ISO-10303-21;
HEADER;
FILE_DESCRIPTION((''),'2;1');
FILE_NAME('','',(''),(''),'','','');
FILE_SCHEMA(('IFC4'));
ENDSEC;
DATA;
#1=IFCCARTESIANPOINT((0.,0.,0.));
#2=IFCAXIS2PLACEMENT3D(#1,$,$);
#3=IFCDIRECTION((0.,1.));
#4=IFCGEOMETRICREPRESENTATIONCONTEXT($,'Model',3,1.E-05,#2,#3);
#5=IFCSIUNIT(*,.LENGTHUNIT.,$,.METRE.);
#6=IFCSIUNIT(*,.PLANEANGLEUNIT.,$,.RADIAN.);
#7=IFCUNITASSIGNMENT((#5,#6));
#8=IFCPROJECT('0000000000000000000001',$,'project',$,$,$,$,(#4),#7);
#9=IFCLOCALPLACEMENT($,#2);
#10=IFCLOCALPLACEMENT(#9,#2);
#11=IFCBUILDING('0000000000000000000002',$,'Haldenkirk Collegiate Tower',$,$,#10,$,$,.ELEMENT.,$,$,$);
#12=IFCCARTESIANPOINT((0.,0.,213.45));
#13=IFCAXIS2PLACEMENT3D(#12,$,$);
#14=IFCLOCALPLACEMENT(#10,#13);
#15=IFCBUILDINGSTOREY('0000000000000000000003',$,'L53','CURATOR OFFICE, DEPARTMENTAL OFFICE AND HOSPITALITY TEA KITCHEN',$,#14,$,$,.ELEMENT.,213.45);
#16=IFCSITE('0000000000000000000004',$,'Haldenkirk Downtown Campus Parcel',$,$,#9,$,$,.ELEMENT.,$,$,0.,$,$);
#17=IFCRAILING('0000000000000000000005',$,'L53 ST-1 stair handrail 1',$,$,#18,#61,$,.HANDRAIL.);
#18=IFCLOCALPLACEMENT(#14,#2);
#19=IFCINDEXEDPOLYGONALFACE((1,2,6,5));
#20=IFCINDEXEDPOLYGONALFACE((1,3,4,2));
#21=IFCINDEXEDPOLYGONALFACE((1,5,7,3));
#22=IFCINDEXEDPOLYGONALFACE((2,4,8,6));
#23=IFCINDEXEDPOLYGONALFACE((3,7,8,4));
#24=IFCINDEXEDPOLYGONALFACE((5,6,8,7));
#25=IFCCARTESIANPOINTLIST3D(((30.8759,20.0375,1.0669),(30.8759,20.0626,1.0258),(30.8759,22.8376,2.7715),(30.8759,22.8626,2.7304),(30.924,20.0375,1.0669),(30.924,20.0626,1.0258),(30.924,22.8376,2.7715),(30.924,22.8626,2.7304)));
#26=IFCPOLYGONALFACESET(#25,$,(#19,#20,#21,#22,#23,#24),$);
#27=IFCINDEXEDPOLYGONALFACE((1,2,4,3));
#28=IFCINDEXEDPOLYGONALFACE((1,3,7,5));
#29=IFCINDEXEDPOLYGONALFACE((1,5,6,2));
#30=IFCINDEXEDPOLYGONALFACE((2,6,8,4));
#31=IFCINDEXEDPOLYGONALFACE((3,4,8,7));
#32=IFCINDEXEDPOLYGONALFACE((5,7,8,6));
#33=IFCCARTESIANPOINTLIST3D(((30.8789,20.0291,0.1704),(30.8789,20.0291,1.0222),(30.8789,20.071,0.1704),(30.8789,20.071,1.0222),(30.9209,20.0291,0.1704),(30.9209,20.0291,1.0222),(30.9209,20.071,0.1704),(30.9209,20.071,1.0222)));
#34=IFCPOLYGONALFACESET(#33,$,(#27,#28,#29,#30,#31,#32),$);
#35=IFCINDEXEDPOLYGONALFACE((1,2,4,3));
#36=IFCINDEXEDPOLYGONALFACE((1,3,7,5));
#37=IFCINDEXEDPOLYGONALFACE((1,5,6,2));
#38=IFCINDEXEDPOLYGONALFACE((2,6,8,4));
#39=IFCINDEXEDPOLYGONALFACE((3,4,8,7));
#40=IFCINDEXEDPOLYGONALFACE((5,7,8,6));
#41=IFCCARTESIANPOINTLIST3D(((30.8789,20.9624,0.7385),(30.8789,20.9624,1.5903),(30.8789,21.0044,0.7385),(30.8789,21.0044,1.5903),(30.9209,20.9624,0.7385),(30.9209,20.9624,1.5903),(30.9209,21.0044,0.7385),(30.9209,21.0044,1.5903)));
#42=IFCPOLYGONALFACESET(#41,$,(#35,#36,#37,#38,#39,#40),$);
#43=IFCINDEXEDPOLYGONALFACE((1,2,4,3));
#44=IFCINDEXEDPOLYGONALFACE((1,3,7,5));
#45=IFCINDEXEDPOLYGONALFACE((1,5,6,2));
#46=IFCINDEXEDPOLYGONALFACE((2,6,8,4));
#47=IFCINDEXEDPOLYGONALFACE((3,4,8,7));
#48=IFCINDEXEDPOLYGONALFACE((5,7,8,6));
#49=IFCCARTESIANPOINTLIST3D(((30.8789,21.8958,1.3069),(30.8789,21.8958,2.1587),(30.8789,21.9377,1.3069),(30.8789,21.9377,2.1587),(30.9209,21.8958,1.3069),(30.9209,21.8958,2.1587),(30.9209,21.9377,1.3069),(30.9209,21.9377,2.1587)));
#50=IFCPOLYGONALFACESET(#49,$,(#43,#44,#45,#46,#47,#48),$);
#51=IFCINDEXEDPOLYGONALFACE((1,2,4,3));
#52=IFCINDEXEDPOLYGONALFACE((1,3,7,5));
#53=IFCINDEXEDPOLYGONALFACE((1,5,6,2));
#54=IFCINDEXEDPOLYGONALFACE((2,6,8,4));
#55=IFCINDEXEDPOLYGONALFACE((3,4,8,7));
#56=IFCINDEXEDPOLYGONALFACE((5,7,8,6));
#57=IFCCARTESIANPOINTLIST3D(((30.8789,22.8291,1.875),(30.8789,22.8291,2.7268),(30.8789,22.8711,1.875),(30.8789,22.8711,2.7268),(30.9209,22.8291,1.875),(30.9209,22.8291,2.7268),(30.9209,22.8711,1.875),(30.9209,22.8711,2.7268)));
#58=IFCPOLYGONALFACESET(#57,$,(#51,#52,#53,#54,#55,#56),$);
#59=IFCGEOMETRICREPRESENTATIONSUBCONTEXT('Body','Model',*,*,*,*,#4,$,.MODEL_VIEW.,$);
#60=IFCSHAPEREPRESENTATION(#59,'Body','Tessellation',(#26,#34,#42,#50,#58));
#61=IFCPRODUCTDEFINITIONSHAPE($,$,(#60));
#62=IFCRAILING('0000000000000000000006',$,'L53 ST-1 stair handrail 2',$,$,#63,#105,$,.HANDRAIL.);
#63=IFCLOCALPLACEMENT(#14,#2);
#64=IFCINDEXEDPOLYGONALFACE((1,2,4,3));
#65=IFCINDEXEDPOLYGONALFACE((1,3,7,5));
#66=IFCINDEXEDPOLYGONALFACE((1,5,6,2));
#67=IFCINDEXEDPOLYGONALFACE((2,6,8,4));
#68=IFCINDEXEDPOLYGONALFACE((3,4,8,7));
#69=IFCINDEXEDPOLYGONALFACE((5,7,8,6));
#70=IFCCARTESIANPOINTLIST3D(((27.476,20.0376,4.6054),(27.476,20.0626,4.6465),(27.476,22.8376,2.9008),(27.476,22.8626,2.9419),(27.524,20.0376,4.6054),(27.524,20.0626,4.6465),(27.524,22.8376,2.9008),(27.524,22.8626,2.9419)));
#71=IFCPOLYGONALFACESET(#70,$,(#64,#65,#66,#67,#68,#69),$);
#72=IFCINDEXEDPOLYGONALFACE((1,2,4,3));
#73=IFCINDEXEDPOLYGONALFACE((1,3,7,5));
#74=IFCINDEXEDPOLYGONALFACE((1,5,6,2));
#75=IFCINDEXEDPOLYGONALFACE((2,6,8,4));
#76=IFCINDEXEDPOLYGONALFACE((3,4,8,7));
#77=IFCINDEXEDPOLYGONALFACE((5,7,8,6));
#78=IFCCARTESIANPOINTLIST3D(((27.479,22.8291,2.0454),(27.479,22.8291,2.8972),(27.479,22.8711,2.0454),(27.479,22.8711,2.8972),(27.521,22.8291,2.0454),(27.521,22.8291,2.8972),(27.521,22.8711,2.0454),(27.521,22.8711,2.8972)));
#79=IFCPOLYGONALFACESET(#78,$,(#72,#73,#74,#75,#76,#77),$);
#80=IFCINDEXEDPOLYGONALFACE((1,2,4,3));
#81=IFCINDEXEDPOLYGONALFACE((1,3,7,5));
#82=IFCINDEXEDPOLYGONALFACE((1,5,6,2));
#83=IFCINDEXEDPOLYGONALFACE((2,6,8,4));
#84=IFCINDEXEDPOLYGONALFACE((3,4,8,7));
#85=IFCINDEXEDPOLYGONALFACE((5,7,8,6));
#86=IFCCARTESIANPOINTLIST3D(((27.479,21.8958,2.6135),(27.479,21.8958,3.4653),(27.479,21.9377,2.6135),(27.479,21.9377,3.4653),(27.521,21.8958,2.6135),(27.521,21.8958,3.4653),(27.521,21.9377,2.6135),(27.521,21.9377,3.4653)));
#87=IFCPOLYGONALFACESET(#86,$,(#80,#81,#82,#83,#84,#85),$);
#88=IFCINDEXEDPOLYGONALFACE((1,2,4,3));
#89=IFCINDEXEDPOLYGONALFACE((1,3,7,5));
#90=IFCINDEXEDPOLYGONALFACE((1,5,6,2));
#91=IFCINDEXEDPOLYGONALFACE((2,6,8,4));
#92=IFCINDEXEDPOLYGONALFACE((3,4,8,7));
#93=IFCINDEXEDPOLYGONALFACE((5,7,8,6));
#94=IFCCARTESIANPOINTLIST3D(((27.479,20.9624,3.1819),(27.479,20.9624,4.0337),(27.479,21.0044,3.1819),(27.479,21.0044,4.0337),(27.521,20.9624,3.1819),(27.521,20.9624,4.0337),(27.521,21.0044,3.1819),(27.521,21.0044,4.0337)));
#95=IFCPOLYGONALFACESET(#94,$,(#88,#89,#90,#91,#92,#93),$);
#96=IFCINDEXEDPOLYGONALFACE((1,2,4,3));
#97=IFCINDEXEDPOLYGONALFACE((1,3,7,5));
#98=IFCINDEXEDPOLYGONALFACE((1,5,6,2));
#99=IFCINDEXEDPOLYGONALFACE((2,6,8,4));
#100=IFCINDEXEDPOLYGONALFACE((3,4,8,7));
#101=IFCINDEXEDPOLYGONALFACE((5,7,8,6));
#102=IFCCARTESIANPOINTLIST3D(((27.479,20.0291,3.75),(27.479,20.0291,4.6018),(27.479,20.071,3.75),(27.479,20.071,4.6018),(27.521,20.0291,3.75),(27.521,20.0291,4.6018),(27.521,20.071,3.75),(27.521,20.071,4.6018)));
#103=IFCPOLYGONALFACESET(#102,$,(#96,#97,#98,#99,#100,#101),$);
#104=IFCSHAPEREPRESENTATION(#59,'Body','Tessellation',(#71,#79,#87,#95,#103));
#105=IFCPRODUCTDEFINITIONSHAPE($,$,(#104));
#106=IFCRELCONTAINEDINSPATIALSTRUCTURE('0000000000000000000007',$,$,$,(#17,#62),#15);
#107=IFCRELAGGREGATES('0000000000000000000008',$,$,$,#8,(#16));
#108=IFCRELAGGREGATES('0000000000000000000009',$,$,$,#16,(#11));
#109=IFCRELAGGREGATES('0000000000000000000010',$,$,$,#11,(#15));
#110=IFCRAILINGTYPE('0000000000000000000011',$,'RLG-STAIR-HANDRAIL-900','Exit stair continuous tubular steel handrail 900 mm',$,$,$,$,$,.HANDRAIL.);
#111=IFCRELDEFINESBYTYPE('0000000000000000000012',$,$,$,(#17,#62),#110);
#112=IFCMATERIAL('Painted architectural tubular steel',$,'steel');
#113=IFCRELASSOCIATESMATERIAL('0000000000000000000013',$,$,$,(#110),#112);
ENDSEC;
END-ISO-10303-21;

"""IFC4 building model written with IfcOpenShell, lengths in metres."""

from ifc_helpers import new_model, si_unit, direction, frame, origin, origin_2d, place, context, subcontext, project, spatial, rectangle, extrude, material, type_object, element, save


model = new_model("IFC4")

# Units and contexts
model_context = context("Model", 3, precision=1e-05, world=origin(), true_north=direction((0.0, 1.0)))
body_context = subcontext(model_context, "Body", "Model", "MODEL_VIEW")
ifc_project = project(units=[si_unit("LENGTHUNIT", "METRE"), si_unit("PLANEANGLEUNIT", "RADIAN")], contexts=[model_context])

# Site, building, storey
site_placement = place(None, origin())
site = spatial("IfcSite", under=ifc_project, at=site_placement, Name="Haldenkirk Downtown Campus Parcel", CompositionType="ELEMENT", RefElevation=0.0)
building_placement = place(site_placement, origin())
building = spatial("IfcBuilding", under=site, at=building_placement, Name="Haldenkirk Collegiate Tower", CompositionType="ELEMENT")
storey_placement = place(building_placement, frame((0.0, 0.0, 213.45)))
storey = spatial("IfcBuildingStorey", under=building, at=storey_placement, Name="L53", Description="CURATOR OFFICE, DEPARTMENTAL OFFICE AND HOSPITALITY TEA KITCHEN", CompositionType="ELEMENT", Elevation=213.45)

# Railings
ifc_material_1 = material(Name="Painted architectural tubular steel", Category="steel")
railing_type_1 = type_object("IfcRailingType", Name="RLG-STAIR-HANDRAIL-900", Description="Exit stair continuous tubular steel handrail 900 mm", PredefinedType="HANDRAIL", material=ifc_material_1)
railing_1_placement = place(storey_placement, frame((30.8999, 20.05, 0.1704)))
element("IfcRailing", 1, at=railing_1_placement, inside=storey, type_object=railing_type_1, Name="L53 ST-1 stair handrail 1", PredefinedType="HANDRAIL", context=body_context, shape_type="SweptSolid", body=[
    extrude(rectangle(XDim=0.0481, YDim=0.0481, at=origin_2d()), frame((0.0, 0.0, 0.876), z_axis=(0.0, 0.85417, 0.519994), x_axis=(-1.0, 0.0, 0.0)), (0.0, 0.0, 1.0), 3.2781),
    extrude(rectangle(XDim=0.042, YDim=0.042, at=origin_2d()), origin(), (0.0, 0.0, 1.0), 0.8518),
    extrude(rectangle(XDim=0.042, YDim=0.042, at=origin_2d()), frame((0.0, 0.9333, 0.5681)), (0.0, 0.0, 1.0), 0.8518),
    extrude(rectangle(XDim=0.042, YDim=0.042, at=origin_2d()), frame((0.0, 1.8667, 1.1365)), (0.0, 0.0, 1.0), 0.8518),
    extrude(rectangle(XDim=0.042, YDim=0.042, at=origin_2d()), frame((0.0, 2.8, 1.7046)), (0.0, 0.0, 1.0), 0.8518),
])
railing_2_placement = place(storey_placement, frame((27.5, 22.8501, 2.0454)))
element("IfcRailing", 2, at=railing_2_placement, inside=storey, type_object=railing_type_1, Name="L53 ST-1 stair handrail 2", PredefinedType="HANDRAIL", context=body_context, shape_type="SweptSolid", body=[
    extrude(rectangle(XDim=0.0481, YDim=0.0481, at=origin_2d()), frame((0.0, 0.0, 0.876), z_axis=(0.0, -0.85417, 0.519994), x_axis=(1.0, 0.0, 0.0)), (0.0, 0.0, 1.0), 3.2781),
    extrude(rectangle(XDim=0.042, YDim=0.042, at=origin_2d()), origin(), (0.0, 0.0, 1.0), 0.8518),
    extrude(rectangle(XDim=0.042, YDim=0.042, at=origin_2d()), frame((0.0, -0.9333, 0.5681)), (0.0, 0.0, 1.0), 0.8518),
    extrude(rectangle(XDim=0.042, YDim=0.042, at=origin_2d()), frame((0.0, -1.8667, 1.1365)), (0.0, 0.0, 1.0), 0.8518),
    extrude(rectangle(XDim=0.042, YDim=0.042, at=origin_2d()), frame((0.0, -2.8, 1.7046)), (0.0, 0.0, 1.0), 0.8518),
])

save(model, "model.ifc")
